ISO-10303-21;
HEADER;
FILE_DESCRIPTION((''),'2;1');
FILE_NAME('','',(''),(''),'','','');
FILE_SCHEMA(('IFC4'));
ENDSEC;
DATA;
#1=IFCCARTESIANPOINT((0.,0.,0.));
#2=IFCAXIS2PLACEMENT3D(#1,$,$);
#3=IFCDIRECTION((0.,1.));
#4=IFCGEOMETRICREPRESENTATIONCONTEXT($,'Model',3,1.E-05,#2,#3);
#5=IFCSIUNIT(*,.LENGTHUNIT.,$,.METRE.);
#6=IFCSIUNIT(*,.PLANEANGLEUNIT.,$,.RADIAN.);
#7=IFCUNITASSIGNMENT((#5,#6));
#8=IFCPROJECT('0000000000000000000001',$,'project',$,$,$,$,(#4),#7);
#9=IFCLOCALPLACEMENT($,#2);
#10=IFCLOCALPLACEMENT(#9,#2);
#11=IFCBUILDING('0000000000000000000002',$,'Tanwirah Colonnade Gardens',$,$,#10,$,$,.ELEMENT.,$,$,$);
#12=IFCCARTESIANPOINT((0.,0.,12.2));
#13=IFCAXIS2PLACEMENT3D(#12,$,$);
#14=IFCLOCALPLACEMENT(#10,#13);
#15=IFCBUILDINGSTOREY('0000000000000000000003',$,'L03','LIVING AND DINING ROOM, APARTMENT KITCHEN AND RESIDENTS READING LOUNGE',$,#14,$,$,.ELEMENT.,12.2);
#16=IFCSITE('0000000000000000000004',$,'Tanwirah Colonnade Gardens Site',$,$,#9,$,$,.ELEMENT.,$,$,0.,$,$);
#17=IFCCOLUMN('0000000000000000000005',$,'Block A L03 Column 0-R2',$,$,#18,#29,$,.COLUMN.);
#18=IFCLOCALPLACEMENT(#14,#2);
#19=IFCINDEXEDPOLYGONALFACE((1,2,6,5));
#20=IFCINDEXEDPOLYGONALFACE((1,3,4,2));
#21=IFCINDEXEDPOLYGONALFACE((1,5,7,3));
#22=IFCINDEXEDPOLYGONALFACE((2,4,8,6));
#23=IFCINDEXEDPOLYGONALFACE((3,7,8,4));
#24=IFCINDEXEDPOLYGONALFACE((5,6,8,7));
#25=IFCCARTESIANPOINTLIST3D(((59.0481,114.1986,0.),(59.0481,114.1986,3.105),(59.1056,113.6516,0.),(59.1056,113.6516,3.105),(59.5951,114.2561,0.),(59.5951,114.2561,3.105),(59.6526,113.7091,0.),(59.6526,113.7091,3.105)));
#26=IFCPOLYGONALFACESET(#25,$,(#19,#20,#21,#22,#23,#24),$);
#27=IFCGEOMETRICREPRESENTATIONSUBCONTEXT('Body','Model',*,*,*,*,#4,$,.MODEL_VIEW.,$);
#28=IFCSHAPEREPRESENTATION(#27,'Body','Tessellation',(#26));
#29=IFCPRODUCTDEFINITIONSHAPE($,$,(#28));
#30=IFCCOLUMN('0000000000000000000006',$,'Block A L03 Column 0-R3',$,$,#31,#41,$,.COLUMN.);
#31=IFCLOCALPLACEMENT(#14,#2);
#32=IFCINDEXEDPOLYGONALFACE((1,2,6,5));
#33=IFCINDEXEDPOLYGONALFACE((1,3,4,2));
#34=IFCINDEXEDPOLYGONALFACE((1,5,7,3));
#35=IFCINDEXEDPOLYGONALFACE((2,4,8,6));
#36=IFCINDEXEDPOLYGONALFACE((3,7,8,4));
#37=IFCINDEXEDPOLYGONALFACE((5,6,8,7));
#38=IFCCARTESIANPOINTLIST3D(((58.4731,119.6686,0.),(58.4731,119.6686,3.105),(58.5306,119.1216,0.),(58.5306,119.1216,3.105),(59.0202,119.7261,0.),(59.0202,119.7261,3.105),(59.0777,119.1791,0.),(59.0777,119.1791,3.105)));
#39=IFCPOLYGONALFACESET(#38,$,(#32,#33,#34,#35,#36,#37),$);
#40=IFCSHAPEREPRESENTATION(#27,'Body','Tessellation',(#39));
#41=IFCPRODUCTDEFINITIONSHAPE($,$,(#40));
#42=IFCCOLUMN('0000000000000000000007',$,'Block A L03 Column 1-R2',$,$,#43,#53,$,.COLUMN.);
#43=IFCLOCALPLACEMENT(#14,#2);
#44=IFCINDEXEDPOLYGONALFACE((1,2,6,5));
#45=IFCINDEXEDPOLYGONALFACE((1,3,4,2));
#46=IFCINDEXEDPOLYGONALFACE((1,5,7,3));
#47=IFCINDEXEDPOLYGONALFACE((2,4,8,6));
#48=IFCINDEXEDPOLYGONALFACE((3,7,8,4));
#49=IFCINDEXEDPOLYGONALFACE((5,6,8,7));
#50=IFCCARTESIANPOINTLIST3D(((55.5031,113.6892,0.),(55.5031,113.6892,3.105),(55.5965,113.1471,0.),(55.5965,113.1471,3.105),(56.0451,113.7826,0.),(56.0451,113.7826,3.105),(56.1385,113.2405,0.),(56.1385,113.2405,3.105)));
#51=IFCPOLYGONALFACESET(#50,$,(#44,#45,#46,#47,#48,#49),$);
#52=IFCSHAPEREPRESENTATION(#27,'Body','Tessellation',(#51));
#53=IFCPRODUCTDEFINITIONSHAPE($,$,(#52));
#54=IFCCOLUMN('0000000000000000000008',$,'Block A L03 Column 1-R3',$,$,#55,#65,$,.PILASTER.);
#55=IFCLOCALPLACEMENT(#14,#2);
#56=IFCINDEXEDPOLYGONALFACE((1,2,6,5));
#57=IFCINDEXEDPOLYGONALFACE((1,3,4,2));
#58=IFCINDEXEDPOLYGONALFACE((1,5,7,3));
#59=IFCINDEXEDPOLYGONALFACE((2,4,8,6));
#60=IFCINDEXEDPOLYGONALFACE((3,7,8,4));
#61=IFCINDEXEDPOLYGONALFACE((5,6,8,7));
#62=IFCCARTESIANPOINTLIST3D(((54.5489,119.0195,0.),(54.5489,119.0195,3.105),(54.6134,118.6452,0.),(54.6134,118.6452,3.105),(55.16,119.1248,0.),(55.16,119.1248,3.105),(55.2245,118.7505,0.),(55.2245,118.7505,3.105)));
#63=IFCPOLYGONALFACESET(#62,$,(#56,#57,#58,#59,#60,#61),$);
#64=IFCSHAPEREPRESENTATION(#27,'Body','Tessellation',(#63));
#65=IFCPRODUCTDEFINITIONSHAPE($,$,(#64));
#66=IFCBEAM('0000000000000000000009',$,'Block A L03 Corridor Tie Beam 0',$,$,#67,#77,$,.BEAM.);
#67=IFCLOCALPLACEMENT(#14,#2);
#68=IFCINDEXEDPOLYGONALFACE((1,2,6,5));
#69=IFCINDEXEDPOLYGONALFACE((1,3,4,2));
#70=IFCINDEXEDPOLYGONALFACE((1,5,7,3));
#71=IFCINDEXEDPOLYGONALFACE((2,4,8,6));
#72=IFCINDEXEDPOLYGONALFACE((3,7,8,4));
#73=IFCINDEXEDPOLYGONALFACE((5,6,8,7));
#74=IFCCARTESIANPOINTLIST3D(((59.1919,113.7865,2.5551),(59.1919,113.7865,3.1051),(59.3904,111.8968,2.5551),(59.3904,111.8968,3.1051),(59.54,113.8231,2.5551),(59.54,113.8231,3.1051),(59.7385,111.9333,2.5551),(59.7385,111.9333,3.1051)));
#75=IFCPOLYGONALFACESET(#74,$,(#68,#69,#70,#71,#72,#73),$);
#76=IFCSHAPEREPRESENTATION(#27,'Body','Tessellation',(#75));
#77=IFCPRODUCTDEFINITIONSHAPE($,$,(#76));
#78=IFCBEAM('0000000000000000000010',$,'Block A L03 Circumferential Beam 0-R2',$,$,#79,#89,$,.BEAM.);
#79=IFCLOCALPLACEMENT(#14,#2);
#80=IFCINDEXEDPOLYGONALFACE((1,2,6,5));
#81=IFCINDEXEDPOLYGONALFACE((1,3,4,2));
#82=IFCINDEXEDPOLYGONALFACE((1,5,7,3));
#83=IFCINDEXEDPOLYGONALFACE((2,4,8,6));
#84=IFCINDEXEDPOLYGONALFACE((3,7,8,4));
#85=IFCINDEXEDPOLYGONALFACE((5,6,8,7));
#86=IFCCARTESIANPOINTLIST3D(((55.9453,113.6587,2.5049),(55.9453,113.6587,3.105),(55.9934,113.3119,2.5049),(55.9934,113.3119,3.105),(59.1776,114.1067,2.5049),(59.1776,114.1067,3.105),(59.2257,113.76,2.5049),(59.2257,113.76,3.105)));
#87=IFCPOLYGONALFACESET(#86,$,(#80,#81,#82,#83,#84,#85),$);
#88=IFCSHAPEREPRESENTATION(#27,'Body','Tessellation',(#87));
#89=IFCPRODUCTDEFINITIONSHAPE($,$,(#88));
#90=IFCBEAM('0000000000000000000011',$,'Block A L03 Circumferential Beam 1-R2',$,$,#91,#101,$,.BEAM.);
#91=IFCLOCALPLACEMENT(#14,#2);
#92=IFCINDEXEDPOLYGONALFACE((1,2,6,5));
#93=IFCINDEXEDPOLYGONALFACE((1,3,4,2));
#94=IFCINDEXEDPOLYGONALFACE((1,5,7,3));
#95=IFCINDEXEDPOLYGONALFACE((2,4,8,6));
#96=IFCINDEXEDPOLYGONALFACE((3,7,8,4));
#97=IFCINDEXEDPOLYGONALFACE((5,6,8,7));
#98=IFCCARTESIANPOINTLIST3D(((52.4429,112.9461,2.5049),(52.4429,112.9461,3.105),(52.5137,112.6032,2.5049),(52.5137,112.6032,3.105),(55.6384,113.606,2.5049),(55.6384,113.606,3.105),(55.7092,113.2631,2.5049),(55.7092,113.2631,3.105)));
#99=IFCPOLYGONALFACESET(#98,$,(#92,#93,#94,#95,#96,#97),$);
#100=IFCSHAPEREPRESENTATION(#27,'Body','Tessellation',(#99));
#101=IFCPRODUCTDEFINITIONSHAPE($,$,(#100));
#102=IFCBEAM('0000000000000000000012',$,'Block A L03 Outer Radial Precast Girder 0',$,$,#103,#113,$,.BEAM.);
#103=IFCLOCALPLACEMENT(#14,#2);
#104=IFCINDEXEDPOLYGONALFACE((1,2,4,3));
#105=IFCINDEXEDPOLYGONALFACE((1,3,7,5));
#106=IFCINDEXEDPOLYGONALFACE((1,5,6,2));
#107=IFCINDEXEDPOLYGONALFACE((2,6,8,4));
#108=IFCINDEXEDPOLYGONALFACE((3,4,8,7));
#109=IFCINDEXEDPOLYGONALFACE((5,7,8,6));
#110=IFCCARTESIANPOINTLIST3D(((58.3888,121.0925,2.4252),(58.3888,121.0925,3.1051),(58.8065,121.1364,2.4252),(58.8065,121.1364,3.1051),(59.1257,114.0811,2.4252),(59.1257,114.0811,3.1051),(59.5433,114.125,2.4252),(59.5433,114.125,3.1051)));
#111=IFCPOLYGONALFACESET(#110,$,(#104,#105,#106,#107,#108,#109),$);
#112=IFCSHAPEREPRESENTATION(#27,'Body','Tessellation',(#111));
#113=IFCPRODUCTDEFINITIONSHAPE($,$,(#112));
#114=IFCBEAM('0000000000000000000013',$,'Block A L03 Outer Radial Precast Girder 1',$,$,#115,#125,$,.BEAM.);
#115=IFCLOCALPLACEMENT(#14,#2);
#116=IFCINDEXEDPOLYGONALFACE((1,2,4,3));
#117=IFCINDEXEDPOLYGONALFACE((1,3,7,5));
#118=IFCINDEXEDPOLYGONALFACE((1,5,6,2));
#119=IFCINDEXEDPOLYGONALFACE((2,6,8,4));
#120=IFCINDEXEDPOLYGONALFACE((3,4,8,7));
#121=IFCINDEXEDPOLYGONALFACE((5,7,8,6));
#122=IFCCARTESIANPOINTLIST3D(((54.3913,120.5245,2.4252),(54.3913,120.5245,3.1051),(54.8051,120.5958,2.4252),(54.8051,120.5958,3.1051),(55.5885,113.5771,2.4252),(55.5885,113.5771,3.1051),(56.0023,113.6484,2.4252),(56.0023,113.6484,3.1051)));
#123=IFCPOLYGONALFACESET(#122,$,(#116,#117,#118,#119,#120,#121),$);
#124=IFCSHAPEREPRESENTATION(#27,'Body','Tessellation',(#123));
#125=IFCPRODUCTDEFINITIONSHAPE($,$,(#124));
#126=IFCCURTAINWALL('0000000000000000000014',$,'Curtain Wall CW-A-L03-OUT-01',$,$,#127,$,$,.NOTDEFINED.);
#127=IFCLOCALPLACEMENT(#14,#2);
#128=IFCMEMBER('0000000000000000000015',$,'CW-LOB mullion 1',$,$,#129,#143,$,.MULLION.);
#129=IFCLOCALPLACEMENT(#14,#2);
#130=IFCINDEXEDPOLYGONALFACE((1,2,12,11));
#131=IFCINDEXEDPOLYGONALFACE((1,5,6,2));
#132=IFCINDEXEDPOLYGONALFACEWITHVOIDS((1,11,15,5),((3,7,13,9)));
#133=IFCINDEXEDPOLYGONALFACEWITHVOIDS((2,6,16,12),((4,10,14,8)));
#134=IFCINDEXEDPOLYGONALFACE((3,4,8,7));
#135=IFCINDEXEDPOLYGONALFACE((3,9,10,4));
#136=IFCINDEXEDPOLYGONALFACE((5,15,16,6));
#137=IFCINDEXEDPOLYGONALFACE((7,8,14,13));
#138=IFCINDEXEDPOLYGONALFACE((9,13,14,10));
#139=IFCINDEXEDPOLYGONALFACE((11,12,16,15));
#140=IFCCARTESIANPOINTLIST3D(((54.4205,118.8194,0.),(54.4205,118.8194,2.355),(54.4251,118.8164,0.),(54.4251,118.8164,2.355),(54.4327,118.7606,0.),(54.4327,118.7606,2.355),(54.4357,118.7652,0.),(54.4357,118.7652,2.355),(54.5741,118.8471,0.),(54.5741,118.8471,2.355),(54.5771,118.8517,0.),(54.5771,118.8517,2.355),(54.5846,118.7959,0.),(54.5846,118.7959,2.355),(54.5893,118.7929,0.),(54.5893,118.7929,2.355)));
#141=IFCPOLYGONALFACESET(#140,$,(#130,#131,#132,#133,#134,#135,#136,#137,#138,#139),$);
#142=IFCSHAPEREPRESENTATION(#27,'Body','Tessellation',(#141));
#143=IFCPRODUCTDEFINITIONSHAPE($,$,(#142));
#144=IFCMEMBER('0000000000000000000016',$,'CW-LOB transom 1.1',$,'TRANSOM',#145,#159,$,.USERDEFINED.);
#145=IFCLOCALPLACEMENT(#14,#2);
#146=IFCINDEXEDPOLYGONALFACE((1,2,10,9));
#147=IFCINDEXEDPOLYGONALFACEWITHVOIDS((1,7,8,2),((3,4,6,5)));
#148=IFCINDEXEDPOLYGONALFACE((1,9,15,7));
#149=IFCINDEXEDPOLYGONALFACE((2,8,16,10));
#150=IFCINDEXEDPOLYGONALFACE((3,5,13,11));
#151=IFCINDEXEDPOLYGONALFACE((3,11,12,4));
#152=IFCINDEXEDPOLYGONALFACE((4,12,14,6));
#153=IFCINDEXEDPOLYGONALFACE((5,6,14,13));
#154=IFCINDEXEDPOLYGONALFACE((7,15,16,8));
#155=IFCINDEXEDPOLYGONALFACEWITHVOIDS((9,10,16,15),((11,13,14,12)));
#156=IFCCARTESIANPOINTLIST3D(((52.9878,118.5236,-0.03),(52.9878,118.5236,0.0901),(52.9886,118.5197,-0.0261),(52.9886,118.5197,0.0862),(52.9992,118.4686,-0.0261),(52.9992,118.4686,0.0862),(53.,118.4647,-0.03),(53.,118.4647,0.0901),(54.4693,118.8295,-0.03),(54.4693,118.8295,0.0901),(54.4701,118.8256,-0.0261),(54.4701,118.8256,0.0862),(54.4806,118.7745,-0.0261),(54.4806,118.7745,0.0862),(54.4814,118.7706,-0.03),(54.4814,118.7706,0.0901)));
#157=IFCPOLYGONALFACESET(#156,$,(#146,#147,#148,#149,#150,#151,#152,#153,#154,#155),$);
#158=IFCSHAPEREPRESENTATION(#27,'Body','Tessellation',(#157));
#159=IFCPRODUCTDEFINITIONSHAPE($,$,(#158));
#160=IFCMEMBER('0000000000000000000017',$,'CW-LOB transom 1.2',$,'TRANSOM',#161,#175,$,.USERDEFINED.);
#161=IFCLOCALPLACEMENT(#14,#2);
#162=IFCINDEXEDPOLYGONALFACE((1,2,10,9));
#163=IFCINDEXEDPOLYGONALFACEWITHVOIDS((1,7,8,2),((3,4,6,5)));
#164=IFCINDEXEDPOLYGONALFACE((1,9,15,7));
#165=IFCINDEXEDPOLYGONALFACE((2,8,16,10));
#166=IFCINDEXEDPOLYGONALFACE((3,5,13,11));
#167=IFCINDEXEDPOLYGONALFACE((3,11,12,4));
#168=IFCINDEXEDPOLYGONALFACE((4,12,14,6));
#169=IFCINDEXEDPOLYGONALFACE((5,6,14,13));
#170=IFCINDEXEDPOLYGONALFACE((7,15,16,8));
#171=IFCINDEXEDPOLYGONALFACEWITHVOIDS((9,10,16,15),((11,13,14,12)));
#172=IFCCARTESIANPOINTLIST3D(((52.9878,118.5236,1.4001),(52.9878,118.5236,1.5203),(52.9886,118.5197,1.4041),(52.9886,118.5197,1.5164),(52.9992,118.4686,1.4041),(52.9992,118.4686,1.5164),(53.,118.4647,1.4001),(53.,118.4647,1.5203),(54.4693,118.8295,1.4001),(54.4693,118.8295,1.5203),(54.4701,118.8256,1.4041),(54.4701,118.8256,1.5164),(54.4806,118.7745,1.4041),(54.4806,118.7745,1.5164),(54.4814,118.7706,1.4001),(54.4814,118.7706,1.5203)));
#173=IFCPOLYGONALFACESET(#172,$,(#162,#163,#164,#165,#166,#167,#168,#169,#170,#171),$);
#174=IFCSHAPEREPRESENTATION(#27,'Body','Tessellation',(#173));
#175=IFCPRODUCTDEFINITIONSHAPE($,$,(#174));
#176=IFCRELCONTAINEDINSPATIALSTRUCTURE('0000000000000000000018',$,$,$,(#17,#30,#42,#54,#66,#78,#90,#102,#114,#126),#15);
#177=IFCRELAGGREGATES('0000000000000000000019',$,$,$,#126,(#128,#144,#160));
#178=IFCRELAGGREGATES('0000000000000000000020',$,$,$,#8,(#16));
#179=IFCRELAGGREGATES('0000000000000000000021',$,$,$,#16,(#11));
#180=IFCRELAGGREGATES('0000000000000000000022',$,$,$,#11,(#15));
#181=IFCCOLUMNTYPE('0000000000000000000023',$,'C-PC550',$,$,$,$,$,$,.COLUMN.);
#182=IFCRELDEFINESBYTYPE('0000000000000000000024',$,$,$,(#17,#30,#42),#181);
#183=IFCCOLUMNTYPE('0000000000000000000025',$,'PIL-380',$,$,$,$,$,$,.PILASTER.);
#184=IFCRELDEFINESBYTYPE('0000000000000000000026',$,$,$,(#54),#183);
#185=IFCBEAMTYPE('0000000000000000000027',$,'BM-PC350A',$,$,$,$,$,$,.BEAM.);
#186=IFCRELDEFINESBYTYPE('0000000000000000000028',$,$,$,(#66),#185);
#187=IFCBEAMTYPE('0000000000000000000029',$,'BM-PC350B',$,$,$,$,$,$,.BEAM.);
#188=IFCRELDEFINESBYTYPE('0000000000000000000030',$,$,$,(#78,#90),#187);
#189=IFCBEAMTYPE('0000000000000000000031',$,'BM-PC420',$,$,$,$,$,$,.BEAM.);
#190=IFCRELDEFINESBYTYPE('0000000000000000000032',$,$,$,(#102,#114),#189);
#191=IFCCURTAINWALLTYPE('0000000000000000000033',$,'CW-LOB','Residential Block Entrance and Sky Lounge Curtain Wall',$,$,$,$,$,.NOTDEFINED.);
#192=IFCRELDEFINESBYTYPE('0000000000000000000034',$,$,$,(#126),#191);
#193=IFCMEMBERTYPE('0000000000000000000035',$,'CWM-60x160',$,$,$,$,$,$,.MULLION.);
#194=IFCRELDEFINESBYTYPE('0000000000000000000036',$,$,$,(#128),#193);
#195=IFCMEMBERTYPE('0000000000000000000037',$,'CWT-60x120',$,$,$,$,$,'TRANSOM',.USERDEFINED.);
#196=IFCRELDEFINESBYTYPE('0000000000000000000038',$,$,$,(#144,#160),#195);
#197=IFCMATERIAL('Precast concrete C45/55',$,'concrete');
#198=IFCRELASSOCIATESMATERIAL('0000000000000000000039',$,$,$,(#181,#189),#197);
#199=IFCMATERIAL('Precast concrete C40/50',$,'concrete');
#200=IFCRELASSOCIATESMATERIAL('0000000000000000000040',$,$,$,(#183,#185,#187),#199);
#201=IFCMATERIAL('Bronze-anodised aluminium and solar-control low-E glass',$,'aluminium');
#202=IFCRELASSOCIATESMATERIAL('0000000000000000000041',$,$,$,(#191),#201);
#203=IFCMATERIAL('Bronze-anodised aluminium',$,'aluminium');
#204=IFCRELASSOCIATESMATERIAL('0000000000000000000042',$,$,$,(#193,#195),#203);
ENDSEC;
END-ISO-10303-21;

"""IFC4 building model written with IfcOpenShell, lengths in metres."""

from ifc_helpers import new_model, si_unit, direction, frame, origin, origin_2d, place, context, subcontext, project, spatial, rectangle, hollow_rectangle, extrude, material, material_profile, profile_set, type_object, element, aggregate, save


model = new_model("IFC4")

# Units and contexts
model_context = context("Model", 3, precision=1e-05, world=origin(), true_north=direction((0.0, 1.0)))
body_context = subcontext(model_context, "Body", "Model", "MODEL_VIEW")
ifc_project = project(units=[si_unit("LENGTHUNIT", "METRE"), si_unit("PLANEANGLEUNIT", "RADIAN")], contexts=[model_context])

# Site, building, storey
site_placement = place(None, origin())
site = spatial("IfcSite", under=ifc_project, at=site_placement, Name="Tanwirah Colonnade Gardens Site", CompositionType="ELEMENT", RefElevation=0.0)
building_placement = place(site_placement, origin())
building = spatial("IfcBuilding", under=site, at=building_placement, Name="Tanwirah Colonnade Gardens", CompositionType="ELEMENT")
storey_placement = place(building_placement, frame((0.0, 0.0, 12.2)))
storey = spatial("IfcBuildingStorey", under=building, at=storey_placement, Name="L03", Description="LIVING AND DINING ROOM, APARTMENT KITCHEN AND RESIDENTS READING LOUNGE", CompositionType="ELEMENT", Elevation=12.2)

# Columns
ifc_material_1 = material(Name="Precast concrete C45/55", Category="concrete")
ifc_material_profile_1 = material_profile(ifc_material_1, rectangle(XDim=0.55, YDim=0.55, at=origin_2d()), Name="PC-COL 550x550")
ifc_profile_set_1 = profile_set([ifc_material_profile_1], Name="Precast concrete C45/55")
column_type_1 = type_object("IfcColumnType", Name="C-PC550", PredefinedType="COLUMN", material=ifc_profile_set_1)
for number, where, z_axis, x_axis, name in (
    (1, (59.3503, 113.9539, 0.0), (0.0, 0.0, 1.0), (-0.104528, 0.994522, 0.0), "Block A L03 Column 0-R2"),
    (2, (58.7754, 119.4238, 0.0), (0.0, 0.0, 1.0), (-0.104528, 0.994522, 0.0), "Block A L03 Column 0-R3"),
    (3, (55.8208, 113.4648, 0.0), (0.0, 0.0, 1.0), (-0.169827, 0.985474, 0.0), "Block A L03 Column 1-R2"),
):
    element("IfcColumn", number, at=place(storey_placement, frame(where, z_axis=z_axis, x_axis=x_axis)), inside=storey, type_object=column_type_1, Name=name, PredefinedType="COLUMN", context=body_context, shape_type="SweptSolid", body=[
        extrude(rectangle(XDim=0.55, YDim=0.55, at=origin_2d()), origin(), (0.0, 0.0, 1.0), 3.105),
    ])
ifc_material_2 = material(Name="Precast concrete C40/50", Category="concrete")
ifc_material_profile_2 = material_profile(ifc_material_2, rectangle(XDim=0.3799, YDim=0.6201, at=origin_2d()), Name="PC-PIL 380x620")
ifc_profile_set_2 = profile_set([ifc_material_profile_2], Name="Precast concrete C40/50")
column_type_2 = type_object("IfcColumnType", Name="PIL-380", PredefinedType="PILASTER", material=ifc_profile_set_2)
column_placement = place(storey_placement, frame((54.8867, 118.885, 0.0), z_axis=(0.0, 0.0, 1.0), x_axis=(-0.169827, 0.985474, 0.0)))
element("IfcColumn", 4, at=column_placement, inside=storey, type_object=column_type_2, Name="Block A L03 Column 1-R3", PredefinedType="PILASTER", context=body_context, shape_type="SweptSolid", body=[
    extrude(rectangle(XDim=0.3799, YDim=0.6201, at=origin_2d()), origin(), (0.0, 0.0, 1.0), 3.105),
])

# Beams
ifc_material_profile_3 = material_profile(ifc_material_2, rectangle(XDim=0.3501, YDim=0.55, at=origin_2d()), Name="PC-BM 350x550")
ifc_profile_set_3 = profile_set([ifc_material_profile_3], Name="Precast concrete C40/50")
beam_type_1 = type_object("IfcBeamType", Name="BM-PC350A", PredefinedType="BEAM", material=ifc_profile_set_3)
beam_1_placement = place(storey_placement, frame((59.5645, 111.915, 2.8301), z_axis=(-0.104464, 0.994529, 0.0), x_axis=(-0.994529, -0.104464, 0.0)))
element("IfcBeam", 5, at=beam_1_placement, inside=storey, type_object=beam_type_1, Name="Block A L03 Corridor Tie Beam 0", PredefinedType="BEAM", context=body_context, shape_type="SweptSolid", body=[
    extrude(rectangle(XDim=0.3501, YDim=0.55, at=origin_2d()), origin(), (0.0, 0.0, 1.0), 1.9001),
])
ifc_material_profile_4 = material_profile(ifc_material_2, rectangle(XDim=0.3501, YDim=0.6001, at=origin_2d()), Name="PC-BM 350x600")
ifc_profile_set_4 = profile_set([ifc_material_profile_4], Name="Precast concrete C40/50")
beam_type_2 = type_object("IfcBeamType", Name="BM-PC350B", PredefinedType="BEAM", material=ifc_profile_set_4)
beam_2_placement = place(storey_placement, frame((59.2017, 113.9333, 2.8049), z_axis=(-0.99053, -0.137293, 0.0), x_axis=(0.137293, -0.99053, 0.0)))
element("IfcBeam", 6, at=beam_2_placement, inside=storey, type_object=beam_type_2, Name="Block A L03 Circumferential Beam 0-R2", PredefinedType="BEAM", context=body_context, shape_type="SweptSolid", body=[
    extrude(rectangle(XDim=0.3501, YDim=0.6001, at=origin_2d()), origin(), (0.0, 0.0, 1.0), 3.2632),
])
beam_3_placement = place(storey_placement, frame((55.6738, 113.4346, 2.8049), z_axis=(-0.979336, -0.202242, 0.0), x_axis=(0.202242, -0.979336, 0.0)))
element("IfcBeam", 7, at=beam_3_placement, inside=storey, type_object=beam_type_2, Name="Block A L03 Circumferential Beam 1-R2", PredefinedType="BEAM", context=body_context, shape_type="SweptSolid", body=[
    extrude(rectangle(XDim=0.3501, YDim=0.6001, at=origin_2d()), origin(), (0.0, 0.0, 1.0), 3.2629),
])
ifc_material_profile_5 = material_profile(ifc_material_1, rectangle(XDim=0.4199, YDim=0.6799, at=origin_2d()), Name="PC-BM 420x680")
ifc_profile_set_5 = profile_set([ifc_material_profile_5], Name="Precast concrete C45/55")
beam_type_3 = type_object("IfcBeamType", Name="BM-PC420", PredefinedType="BEAM", material=ifc_profile_set_5)
beam_4_placement = place(storey_placement, frame((59.3345, 114.103, 2.7651), z_axis=(-0.104512, 0.994524, 0.0), x_axis=(-0.994524, -0.104512, 0.0)))
element("IfcBeam", 8, at=beam_4_placement, inside=storey, type_object=beam_type_3, Name="Block A L03 Outer Radial Precast Girder 0", PredefinedType="BEAM", context=body_context, shape_type="SweptSolid", body=[
    extrude(rectangle(XDim=0.4199, YDim=0.6799, at=origin_2d()), origin(), (0.0, 0.0, 1.0), 7.05),
])
beam_5_placement = place(storey_placement, frame((55.7954, 113.6128, 2.7651), z_axis=(-0.169827, 0.985474, 0.0), x_axis=(-0.985474, -0.169827, 0.0)))
element("IfcBeam", 9, at=beam_5_placement, inside=storey, type_object=beam_type_3, Name="Block A L03 Outer Radial Precast Girder 1", PredefinedType="BEAM", context=body_context, shape_type="SweptSolid", body=[
    extrude(rectangle(XDim=0.4199, YDim=0.6799, at=origin_2d()), origin(), (0.0, 0.0, 1.0), 7.0498),
])

# Curtain wall, members
ifc_material_3 = material(Name="Bronze-anodised aluminium and solar-control low-E glass", Category="aluminium")
curtain_wall_type = type_object("IfcCurtainWallType", Name="CW-LOB", Description="Residential Block Entrance and Sky Lounge Curtain Wall", PredefinedType="NOTDEFINED", material=ifc_material_3)
curtain_wall_placement = place(storey_placement, origin())
curtain_wall = element("IfcCurtainWall", 10, at=curtain_wall_placement, inside=storey, type_object=curtain_wall_type, Name="Curtain Wall CW-A-L03-OUT-01", PredefinedType="NOTDEFINED")
ifc_material_4 = material(Name="Bronze-anodised aluminium", Category="aluminium")
ifc_material_profile_6 = material_profile(ifc_material_4, hollow_rectangle(XDim=0.0601, YDim=0.1599, WallThickness=0.0039, at=origin_2d()), Name="CW-MUL 60x160x4")
ifc_profile_set_6 = profile_set([ifc_material_profile_6], Name="Bronze-anodised aluminium")
member_type_1 = type_object("IfcMemberType", Name="CWM-60x160", PredefinedType="MULLION", material=ifc_profile_set_6)
member_1_placement = place(storey_placement, frame((54.5049, 118.8062, 0.0), z_axis=(0.0, 0.0, 1.0), x_axis=(0.202218, -0.979341, 0.0)))
member_1 = element("IfcMember", 11, at=member_1_placement, type_object=member_type_1, Name="CW-LOB mullion 1", PredefinedType="MULLION", context=body_context, shape_type="SweptSolid", body=[
    extrude(hollow_rectangle(XDim=0.0601, YDim=0.1599, WallThickness=0.0039, at=origin_2d()), origin(), (0.0, 0.0, 1.0), 2.355),
])
ifc_material_profile_7 = material_profile(ifc_material_4, hollow_rectangle(XDim=0.0601, YDim=0.1201, WallThickness=0.0039, at=origin_2d()), Name="CW-TRN 60x120x4")
ifc_profile_set_7 = profile_set([ifc_material_profile_7], Name="Bronze-anodised aluminium")
member_type_2 = type_object("IfcMemberType", Name="CWT-60x120", ElementType="TRANSOM", PredefinedType="USERDEFINED", material=ifc_profile_set_7)
member_2_placement = place(storey_placement, frame((54.4753, 118.8, 0.03), z_axis=(-0.979339, -0.202227, 0.0), x_axis=(0.202227, -0.979339, 0.0)))
member_2 = element("IfcMember", 12, at=member_2_placement, type_object=member_type_2, Name="CW-LOB transom 1.1", ObjectType="TRANSOM", PredefinedType="USERDEFINED", context=body_context, shape_type="SweptSolid", body=[
    extrude(hollow_rectangle(XDim=0.0601, YDim=0.1201, WallThickness=0.0039, at=origin_2d()), origin(), (0.0, 0.0, 1.0), 1.5127),
])
member_3_placement = place(storey_placement, frame((54.4753, 118.8, 1.4602), z_axis=(-0.979339, -0.202227, 0.0), x_axis=(0.202227, -0.979339, 0.0)))
member_3 = element("IfcMember", 13, at=member_3_placement, type_object=member_type_2, Name="CW-LOB transom 1.2", ObjectType="TRANSOM", PredefinedType="USERDEFINED", context=body_context, shape_type="SweptSolid", body=[
    extrude(hollow_rectangle(XDim=0.0601, YDim=0.1201, WallThickness=0.0039, at=origin_2d()), origin(), (0.0, 0.0, 1.0), 1.5127),
])
aggregate(curtain_wall, [member_1, member_2, member_3])

save(model, "model.ifc")
